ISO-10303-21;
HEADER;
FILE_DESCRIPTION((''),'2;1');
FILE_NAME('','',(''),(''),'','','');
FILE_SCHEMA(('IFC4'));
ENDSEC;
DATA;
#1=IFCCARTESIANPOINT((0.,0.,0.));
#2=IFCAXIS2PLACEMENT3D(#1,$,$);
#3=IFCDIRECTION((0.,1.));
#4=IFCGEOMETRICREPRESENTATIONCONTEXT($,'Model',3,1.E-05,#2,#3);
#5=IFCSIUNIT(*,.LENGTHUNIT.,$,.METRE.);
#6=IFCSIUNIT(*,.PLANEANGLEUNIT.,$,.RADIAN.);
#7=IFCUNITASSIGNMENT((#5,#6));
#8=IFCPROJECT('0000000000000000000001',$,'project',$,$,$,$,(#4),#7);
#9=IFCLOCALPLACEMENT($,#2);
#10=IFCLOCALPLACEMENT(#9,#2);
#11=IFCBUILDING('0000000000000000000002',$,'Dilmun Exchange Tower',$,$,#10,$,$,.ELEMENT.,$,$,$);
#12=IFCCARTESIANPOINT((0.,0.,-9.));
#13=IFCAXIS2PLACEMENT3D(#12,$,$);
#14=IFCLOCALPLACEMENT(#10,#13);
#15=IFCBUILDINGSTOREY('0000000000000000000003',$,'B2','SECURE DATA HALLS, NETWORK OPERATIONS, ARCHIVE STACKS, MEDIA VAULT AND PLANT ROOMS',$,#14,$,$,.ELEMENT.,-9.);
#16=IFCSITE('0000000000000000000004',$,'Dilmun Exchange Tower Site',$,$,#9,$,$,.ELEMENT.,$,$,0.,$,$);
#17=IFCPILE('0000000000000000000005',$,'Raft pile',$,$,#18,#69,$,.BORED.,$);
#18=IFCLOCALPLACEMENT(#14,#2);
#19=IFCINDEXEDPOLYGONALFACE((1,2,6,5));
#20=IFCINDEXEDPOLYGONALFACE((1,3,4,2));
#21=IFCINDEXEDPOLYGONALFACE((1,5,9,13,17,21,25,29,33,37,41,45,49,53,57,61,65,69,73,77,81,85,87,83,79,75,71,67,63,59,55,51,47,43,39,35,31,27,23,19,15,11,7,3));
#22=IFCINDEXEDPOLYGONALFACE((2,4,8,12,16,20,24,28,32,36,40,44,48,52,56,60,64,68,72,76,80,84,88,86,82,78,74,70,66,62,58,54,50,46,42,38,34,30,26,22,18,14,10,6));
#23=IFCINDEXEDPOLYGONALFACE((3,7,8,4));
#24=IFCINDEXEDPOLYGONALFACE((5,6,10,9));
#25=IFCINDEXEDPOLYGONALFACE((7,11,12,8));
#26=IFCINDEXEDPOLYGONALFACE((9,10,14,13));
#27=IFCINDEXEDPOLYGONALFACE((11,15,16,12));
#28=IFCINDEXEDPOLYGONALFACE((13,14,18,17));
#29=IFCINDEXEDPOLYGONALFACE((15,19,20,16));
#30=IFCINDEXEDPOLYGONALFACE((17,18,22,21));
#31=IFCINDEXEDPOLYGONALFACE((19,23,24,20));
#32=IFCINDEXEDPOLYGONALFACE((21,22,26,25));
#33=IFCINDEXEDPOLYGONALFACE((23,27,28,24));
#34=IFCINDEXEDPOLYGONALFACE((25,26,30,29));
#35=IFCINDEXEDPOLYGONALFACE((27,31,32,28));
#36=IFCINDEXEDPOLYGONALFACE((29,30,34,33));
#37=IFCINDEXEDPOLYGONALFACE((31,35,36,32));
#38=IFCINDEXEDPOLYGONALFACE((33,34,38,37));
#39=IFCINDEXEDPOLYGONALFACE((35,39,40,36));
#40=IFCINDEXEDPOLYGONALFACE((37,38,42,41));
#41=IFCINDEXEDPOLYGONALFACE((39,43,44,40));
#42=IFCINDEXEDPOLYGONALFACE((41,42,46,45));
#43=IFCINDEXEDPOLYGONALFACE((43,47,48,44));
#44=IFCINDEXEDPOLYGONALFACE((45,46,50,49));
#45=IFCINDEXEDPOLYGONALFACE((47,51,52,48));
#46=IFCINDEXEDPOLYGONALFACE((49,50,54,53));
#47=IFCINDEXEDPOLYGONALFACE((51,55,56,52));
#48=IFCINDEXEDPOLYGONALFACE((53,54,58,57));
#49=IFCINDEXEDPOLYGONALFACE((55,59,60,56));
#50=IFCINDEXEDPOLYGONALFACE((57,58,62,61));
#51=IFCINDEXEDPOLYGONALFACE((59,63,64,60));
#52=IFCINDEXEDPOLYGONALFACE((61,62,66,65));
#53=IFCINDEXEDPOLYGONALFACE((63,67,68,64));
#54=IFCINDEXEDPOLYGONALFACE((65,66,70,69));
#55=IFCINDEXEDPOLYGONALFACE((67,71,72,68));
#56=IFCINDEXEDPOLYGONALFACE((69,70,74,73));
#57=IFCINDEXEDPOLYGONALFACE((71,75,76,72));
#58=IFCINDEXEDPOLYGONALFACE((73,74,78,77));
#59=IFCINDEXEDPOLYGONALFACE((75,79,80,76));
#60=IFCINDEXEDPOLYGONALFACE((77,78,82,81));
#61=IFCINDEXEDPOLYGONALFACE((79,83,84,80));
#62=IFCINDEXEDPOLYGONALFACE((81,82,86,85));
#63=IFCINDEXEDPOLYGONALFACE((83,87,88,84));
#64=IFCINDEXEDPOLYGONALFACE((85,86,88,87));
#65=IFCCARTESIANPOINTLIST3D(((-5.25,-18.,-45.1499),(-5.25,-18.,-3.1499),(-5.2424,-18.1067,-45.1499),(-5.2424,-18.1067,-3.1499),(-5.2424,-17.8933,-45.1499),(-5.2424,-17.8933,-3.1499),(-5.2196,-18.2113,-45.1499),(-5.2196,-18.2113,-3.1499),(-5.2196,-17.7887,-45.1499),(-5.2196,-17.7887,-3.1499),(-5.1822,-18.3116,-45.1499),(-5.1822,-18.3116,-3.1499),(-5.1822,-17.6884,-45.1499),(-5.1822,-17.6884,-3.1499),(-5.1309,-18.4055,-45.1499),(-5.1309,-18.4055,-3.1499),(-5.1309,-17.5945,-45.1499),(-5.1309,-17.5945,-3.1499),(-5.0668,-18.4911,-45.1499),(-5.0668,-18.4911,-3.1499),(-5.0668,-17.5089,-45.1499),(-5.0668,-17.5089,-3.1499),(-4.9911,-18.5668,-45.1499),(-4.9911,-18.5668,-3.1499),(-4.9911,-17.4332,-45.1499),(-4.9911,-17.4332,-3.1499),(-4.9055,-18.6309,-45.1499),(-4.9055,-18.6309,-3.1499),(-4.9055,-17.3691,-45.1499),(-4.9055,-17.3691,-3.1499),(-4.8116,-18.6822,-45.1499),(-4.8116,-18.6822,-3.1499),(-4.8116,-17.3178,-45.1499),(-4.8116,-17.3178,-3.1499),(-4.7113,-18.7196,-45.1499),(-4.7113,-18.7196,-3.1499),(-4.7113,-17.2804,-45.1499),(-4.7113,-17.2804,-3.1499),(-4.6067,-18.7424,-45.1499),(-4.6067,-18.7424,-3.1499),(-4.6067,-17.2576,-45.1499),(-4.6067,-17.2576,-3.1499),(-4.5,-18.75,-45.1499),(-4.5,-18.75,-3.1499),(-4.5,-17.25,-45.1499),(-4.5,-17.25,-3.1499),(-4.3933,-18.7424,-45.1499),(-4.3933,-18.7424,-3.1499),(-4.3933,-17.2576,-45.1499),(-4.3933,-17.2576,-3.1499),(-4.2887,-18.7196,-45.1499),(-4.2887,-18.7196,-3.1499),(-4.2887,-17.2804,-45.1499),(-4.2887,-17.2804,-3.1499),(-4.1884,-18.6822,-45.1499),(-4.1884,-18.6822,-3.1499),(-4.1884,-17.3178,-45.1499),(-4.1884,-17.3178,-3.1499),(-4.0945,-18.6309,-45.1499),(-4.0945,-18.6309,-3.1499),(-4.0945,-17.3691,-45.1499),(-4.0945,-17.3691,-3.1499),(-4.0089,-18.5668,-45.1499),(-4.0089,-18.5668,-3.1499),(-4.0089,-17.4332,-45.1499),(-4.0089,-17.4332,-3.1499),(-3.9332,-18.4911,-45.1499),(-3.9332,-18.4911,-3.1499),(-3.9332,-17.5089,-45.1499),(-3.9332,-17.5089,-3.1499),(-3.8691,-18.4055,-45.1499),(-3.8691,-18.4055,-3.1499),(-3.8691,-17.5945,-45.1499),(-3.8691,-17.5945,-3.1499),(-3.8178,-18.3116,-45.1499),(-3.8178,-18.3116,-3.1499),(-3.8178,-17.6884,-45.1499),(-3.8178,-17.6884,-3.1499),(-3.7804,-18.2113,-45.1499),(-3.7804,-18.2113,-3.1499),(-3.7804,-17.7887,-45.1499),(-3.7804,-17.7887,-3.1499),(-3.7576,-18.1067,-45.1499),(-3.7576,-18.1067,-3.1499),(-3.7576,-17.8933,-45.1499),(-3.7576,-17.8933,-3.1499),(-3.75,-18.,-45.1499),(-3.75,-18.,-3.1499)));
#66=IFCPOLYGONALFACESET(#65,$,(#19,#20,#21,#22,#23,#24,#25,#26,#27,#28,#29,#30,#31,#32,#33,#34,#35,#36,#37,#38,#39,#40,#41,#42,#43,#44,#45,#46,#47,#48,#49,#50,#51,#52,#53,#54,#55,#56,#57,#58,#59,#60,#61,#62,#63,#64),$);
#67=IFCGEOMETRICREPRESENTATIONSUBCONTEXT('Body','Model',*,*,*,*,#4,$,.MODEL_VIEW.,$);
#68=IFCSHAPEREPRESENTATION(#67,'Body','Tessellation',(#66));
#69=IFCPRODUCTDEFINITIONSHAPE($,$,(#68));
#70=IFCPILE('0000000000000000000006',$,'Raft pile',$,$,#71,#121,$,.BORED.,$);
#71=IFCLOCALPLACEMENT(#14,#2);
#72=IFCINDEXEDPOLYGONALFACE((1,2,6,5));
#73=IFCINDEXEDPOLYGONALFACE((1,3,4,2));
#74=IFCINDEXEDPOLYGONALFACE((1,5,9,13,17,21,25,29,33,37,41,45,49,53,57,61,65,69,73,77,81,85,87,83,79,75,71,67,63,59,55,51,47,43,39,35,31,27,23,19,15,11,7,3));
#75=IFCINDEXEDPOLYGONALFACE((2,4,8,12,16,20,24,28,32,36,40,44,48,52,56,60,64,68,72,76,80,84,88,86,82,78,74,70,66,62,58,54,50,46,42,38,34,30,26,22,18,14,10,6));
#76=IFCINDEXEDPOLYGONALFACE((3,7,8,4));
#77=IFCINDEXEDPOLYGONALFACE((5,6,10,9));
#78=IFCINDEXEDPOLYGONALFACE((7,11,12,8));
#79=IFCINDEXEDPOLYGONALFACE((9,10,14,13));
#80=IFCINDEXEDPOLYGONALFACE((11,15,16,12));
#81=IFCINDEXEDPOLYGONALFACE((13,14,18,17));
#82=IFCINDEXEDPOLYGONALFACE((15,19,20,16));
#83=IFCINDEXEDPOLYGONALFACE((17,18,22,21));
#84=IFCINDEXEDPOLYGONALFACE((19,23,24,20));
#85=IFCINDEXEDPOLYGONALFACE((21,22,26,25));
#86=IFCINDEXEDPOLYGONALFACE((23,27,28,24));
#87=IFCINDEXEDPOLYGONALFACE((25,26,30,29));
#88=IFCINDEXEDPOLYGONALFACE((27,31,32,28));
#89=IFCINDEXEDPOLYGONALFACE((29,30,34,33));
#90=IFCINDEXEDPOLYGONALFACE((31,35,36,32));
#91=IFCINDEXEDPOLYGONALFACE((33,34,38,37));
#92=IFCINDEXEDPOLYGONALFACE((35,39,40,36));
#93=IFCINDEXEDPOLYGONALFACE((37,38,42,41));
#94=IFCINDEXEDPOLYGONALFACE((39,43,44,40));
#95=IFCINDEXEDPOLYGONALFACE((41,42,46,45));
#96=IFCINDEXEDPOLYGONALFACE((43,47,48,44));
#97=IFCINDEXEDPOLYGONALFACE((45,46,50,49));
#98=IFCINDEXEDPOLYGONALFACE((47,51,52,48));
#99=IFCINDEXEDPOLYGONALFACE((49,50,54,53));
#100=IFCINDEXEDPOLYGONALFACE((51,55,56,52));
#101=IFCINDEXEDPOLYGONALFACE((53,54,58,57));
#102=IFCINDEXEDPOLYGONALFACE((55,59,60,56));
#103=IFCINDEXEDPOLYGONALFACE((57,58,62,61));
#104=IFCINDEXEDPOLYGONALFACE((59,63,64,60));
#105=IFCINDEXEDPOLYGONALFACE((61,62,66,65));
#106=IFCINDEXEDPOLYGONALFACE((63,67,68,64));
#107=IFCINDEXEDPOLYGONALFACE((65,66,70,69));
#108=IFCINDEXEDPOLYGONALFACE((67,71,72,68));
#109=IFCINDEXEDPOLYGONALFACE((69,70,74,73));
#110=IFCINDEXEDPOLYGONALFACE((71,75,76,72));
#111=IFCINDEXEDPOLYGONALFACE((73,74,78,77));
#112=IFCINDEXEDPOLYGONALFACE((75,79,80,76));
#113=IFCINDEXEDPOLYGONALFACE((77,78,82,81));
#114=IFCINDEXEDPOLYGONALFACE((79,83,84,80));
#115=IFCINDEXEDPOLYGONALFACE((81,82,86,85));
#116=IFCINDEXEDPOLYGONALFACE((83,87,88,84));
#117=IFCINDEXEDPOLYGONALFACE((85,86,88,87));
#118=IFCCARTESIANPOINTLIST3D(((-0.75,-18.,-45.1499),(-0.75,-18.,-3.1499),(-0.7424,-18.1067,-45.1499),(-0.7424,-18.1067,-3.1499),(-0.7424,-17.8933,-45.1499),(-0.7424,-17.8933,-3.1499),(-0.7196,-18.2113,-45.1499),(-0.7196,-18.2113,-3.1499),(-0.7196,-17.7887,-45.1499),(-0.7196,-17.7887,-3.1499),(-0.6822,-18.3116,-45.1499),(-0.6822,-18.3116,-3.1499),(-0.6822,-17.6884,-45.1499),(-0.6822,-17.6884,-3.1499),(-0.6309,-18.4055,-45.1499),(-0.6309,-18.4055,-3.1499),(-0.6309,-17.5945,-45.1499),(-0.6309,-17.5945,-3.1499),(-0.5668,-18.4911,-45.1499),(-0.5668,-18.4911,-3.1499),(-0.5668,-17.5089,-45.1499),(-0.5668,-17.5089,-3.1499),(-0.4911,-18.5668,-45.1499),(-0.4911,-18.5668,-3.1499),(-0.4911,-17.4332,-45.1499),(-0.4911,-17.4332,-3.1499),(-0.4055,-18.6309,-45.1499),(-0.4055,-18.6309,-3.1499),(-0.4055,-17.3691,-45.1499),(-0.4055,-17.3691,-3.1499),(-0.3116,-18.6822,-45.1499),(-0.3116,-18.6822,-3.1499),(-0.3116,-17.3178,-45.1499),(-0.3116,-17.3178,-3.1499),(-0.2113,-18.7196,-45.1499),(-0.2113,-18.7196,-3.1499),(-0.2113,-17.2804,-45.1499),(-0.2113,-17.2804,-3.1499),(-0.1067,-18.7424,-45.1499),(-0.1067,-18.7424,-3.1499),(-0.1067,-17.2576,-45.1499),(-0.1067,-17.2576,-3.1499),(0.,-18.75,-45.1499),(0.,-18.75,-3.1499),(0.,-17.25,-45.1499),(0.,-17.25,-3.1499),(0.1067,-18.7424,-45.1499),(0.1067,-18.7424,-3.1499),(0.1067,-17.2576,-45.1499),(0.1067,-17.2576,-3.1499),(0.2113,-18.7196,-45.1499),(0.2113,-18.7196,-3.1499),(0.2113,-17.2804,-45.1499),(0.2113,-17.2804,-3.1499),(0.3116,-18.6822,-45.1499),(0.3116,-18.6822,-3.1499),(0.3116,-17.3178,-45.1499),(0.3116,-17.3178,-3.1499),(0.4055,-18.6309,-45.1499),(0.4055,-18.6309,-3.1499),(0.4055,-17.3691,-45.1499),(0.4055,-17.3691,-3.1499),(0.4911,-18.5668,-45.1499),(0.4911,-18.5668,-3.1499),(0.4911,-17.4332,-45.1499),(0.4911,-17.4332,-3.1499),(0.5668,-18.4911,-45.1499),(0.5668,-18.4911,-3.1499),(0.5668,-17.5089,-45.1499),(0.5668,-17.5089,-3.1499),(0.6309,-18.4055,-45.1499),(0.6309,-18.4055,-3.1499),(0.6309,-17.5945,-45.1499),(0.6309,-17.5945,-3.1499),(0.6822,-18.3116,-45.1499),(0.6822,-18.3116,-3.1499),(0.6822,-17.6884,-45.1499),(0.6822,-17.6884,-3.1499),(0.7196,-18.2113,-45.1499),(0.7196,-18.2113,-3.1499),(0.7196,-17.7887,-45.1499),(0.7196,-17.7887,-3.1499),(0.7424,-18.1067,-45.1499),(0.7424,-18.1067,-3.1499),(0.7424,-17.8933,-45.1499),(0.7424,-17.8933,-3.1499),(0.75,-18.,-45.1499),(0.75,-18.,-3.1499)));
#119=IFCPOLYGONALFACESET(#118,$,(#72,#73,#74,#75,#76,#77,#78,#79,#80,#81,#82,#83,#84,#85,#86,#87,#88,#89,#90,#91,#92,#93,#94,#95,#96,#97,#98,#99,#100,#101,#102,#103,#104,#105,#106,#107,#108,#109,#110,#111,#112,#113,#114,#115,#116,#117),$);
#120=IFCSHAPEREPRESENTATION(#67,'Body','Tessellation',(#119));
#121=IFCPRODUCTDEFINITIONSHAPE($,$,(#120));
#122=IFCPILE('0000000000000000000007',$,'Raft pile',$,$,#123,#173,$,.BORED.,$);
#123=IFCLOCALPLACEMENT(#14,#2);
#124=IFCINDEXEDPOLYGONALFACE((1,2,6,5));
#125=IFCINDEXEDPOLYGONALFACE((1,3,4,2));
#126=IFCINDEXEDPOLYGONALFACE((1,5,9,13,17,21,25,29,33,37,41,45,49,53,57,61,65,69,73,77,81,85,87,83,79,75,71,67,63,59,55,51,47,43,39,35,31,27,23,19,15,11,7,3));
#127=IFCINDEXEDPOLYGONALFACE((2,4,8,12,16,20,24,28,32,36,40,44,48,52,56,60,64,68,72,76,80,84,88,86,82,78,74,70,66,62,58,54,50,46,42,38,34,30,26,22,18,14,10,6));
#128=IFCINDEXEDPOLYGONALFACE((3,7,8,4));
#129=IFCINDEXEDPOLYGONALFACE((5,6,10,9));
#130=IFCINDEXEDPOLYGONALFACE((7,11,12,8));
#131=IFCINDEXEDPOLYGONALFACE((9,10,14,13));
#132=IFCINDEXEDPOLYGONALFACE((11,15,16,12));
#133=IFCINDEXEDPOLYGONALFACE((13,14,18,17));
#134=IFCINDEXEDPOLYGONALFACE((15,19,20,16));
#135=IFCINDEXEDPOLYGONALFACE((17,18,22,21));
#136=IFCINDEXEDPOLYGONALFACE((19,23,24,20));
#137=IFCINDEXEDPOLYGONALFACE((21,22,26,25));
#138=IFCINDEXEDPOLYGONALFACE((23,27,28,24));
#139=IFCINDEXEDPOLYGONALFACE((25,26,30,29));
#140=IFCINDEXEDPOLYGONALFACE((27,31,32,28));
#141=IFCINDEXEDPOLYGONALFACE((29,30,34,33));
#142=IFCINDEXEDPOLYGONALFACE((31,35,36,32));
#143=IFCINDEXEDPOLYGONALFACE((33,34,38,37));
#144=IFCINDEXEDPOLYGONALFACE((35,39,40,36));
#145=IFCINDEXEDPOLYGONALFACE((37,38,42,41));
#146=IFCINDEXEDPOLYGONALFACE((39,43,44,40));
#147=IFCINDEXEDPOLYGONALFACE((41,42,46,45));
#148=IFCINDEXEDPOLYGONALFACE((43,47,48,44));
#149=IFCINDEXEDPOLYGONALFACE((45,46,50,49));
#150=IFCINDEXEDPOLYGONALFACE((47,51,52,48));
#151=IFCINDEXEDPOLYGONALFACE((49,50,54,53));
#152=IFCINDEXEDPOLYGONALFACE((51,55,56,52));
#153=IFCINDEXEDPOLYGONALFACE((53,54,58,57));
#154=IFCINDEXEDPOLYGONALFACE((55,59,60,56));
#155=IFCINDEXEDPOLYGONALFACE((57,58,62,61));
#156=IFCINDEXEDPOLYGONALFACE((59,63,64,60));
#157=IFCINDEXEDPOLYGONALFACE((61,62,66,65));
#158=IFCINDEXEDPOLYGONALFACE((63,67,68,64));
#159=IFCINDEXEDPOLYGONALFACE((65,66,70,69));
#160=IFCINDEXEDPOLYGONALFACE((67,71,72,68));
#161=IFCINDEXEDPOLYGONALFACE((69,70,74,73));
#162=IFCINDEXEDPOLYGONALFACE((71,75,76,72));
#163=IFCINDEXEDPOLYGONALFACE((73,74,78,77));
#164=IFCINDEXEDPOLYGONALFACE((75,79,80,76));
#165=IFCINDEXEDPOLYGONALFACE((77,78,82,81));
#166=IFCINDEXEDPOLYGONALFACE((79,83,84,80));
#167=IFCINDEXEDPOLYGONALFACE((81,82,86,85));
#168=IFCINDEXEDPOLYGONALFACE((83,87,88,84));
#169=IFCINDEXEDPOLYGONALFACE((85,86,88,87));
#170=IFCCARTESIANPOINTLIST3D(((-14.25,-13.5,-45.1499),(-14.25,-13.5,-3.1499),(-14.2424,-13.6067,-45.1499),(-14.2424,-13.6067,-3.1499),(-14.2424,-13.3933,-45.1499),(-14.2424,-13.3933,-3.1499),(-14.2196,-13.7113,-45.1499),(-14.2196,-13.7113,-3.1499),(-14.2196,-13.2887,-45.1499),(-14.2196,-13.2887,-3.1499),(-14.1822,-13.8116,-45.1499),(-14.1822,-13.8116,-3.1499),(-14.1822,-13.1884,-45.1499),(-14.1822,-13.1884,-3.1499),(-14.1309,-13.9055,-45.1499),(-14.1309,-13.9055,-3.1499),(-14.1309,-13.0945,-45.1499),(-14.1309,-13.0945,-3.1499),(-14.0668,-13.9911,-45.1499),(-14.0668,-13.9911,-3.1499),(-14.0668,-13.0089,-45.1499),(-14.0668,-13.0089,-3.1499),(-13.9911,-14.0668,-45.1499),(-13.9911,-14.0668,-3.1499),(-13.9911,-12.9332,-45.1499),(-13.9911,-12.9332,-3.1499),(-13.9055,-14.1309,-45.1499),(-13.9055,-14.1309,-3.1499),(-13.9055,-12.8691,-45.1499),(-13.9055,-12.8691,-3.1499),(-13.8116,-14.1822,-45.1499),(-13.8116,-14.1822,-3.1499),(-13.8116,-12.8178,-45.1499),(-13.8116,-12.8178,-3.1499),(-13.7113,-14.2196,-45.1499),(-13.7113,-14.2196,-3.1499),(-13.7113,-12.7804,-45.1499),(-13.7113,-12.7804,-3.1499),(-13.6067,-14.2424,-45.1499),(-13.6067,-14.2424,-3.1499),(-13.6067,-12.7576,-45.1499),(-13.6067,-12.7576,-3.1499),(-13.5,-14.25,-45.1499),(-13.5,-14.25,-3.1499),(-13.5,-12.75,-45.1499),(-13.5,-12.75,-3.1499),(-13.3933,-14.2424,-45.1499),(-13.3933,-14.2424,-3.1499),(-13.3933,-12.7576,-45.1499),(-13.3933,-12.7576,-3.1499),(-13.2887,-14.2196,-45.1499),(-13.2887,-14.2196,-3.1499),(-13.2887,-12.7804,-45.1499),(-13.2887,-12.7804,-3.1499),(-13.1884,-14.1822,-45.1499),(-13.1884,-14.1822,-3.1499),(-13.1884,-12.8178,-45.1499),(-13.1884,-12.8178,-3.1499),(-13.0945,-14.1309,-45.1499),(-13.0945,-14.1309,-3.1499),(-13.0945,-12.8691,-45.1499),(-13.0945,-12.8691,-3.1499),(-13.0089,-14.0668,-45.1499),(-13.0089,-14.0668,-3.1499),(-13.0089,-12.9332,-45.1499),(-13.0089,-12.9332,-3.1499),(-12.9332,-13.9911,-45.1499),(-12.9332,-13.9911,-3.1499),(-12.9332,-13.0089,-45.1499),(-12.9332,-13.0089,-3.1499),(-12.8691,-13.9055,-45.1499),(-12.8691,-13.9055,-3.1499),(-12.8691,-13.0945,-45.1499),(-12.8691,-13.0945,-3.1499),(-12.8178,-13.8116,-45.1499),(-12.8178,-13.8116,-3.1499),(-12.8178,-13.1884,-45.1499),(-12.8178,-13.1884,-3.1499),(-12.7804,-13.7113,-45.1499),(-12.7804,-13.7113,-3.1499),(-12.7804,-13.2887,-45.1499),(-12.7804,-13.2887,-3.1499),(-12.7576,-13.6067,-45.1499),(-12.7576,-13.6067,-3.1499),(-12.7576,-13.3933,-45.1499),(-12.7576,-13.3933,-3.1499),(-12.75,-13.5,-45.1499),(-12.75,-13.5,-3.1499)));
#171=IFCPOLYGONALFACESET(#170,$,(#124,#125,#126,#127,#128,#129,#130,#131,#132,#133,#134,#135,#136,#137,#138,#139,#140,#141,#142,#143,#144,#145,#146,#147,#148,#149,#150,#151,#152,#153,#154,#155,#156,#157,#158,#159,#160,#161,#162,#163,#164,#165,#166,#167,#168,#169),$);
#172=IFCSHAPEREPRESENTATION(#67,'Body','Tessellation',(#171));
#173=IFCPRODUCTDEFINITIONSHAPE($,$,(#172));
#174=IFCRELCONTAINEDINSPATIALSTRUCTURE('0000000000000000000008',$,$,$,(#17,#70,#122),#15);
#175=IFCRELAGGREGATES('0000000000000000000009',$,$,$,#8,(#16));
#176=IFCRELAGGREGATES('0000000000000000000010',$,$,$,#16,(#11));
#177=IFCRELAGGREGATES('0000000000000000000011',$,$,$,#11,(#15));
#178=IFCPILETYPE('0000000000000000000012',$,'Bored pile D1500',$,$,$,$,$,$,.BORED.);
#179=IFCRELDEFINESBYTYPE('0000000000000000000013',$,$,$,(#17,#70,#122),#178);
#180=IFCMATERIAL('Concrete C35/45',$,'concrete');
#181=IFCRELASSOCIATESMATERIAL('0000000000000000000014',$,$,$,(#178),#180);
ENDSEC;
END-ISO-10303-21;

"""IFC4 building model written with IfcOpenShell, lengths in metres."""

from ifc_helpers import new_model, si_unit, direction, frame, origin, origin_2d, place, context, subcontext, project, spatial, circle, extrude, material, material_profile, profile_set, type_object, element, save


model = new_model("IFC4")

# Units and contexts
model_context = context("Model", 3, precision=1e-05, world=origin(), true_north=direction((0.0, 1.0)))
body_context = subcontext(model_context, "Body", "Model", "MODEL_VIEW")
ifc_project = project(units=[si_unit("LENGTHUNIT", "METRE"), si_unit("PLANEANGLEUNIT", "RADIAN")], contexts=[model_context])

# Site, building, storey
site_placement = place(None, origin())
site = spatial("IfcSite", under=ifc_project, at=site_placement, Name="Dilmun Exchange Tower Site", CompositionType="ELEMENT", RefElevation=0.0)
building_placement = place(site_placement, origin())
building = spatial("IfcBuilding", under=site, at=building_placement, Name="Dilmun Exchange Tower", CompositionType="ELEMENT")
storey_placement = place(building_placement, frame((0.0, 0.0, -9.0)))
storey = spatial("IfcBuildingStorey", under=building, at=storey_placement, Name="B2", Description="SECURE DATA HALLS, NETWORK OPERATIONS, ARCHIVE STACKS, MEDIA VAULT AND PLANT ROOMS", CompositionType="ELEMENT", Elevation=-9.0)

# Piles
ifc_material_1 = material(Name="Concrete C35/45", Category="concrete")
ifc_material_profile_1 = material_profile(ifc_material_1, circle(Radius=0.75, at=origin_2d()), Name="D1500")
ifc_profile_set_1 = profile_set([ifc_material_profile_1], Name="Concrete C35/45")
pile_type = type_object("IfcPileType", Name="Bored pile D1500", PredefinedType="BORED", material=ifc_profile_set_1)
for number, where, z_axis, x_axis, name in (
    (1, (-4.5, -18.0, -3.1499), (0.0, 0.0, -1.0), (1.0, 0.0, 0.0), "Raft pile"),
    (2, (0.0, -18.0, -3.1499), (0.0, 0.0, -1.0), (1.0, 0.0, 0.0), "Raft pile"),
    (3, (-13.5, -13.5, -3.1499), (0.0, 0.0, -1.0), (1.0, 0.0, 0.0), "Raft pile"),
):
    element("IfcPile", number, at=place(storey_placement, frame(where, z_axis=z_axis, x_axis=x_axis)), inside=storey, type_object=pile_type, Name=name, PredefinedType="BORED", context=body_context, shape_type="SweptSolid", body=[
        extrude(circle(Radius=0.75, at=origin_2d()), origin(), (0.0, 0.0, 1.0), 42.0),
    ])

save(model, "model.ifc")
